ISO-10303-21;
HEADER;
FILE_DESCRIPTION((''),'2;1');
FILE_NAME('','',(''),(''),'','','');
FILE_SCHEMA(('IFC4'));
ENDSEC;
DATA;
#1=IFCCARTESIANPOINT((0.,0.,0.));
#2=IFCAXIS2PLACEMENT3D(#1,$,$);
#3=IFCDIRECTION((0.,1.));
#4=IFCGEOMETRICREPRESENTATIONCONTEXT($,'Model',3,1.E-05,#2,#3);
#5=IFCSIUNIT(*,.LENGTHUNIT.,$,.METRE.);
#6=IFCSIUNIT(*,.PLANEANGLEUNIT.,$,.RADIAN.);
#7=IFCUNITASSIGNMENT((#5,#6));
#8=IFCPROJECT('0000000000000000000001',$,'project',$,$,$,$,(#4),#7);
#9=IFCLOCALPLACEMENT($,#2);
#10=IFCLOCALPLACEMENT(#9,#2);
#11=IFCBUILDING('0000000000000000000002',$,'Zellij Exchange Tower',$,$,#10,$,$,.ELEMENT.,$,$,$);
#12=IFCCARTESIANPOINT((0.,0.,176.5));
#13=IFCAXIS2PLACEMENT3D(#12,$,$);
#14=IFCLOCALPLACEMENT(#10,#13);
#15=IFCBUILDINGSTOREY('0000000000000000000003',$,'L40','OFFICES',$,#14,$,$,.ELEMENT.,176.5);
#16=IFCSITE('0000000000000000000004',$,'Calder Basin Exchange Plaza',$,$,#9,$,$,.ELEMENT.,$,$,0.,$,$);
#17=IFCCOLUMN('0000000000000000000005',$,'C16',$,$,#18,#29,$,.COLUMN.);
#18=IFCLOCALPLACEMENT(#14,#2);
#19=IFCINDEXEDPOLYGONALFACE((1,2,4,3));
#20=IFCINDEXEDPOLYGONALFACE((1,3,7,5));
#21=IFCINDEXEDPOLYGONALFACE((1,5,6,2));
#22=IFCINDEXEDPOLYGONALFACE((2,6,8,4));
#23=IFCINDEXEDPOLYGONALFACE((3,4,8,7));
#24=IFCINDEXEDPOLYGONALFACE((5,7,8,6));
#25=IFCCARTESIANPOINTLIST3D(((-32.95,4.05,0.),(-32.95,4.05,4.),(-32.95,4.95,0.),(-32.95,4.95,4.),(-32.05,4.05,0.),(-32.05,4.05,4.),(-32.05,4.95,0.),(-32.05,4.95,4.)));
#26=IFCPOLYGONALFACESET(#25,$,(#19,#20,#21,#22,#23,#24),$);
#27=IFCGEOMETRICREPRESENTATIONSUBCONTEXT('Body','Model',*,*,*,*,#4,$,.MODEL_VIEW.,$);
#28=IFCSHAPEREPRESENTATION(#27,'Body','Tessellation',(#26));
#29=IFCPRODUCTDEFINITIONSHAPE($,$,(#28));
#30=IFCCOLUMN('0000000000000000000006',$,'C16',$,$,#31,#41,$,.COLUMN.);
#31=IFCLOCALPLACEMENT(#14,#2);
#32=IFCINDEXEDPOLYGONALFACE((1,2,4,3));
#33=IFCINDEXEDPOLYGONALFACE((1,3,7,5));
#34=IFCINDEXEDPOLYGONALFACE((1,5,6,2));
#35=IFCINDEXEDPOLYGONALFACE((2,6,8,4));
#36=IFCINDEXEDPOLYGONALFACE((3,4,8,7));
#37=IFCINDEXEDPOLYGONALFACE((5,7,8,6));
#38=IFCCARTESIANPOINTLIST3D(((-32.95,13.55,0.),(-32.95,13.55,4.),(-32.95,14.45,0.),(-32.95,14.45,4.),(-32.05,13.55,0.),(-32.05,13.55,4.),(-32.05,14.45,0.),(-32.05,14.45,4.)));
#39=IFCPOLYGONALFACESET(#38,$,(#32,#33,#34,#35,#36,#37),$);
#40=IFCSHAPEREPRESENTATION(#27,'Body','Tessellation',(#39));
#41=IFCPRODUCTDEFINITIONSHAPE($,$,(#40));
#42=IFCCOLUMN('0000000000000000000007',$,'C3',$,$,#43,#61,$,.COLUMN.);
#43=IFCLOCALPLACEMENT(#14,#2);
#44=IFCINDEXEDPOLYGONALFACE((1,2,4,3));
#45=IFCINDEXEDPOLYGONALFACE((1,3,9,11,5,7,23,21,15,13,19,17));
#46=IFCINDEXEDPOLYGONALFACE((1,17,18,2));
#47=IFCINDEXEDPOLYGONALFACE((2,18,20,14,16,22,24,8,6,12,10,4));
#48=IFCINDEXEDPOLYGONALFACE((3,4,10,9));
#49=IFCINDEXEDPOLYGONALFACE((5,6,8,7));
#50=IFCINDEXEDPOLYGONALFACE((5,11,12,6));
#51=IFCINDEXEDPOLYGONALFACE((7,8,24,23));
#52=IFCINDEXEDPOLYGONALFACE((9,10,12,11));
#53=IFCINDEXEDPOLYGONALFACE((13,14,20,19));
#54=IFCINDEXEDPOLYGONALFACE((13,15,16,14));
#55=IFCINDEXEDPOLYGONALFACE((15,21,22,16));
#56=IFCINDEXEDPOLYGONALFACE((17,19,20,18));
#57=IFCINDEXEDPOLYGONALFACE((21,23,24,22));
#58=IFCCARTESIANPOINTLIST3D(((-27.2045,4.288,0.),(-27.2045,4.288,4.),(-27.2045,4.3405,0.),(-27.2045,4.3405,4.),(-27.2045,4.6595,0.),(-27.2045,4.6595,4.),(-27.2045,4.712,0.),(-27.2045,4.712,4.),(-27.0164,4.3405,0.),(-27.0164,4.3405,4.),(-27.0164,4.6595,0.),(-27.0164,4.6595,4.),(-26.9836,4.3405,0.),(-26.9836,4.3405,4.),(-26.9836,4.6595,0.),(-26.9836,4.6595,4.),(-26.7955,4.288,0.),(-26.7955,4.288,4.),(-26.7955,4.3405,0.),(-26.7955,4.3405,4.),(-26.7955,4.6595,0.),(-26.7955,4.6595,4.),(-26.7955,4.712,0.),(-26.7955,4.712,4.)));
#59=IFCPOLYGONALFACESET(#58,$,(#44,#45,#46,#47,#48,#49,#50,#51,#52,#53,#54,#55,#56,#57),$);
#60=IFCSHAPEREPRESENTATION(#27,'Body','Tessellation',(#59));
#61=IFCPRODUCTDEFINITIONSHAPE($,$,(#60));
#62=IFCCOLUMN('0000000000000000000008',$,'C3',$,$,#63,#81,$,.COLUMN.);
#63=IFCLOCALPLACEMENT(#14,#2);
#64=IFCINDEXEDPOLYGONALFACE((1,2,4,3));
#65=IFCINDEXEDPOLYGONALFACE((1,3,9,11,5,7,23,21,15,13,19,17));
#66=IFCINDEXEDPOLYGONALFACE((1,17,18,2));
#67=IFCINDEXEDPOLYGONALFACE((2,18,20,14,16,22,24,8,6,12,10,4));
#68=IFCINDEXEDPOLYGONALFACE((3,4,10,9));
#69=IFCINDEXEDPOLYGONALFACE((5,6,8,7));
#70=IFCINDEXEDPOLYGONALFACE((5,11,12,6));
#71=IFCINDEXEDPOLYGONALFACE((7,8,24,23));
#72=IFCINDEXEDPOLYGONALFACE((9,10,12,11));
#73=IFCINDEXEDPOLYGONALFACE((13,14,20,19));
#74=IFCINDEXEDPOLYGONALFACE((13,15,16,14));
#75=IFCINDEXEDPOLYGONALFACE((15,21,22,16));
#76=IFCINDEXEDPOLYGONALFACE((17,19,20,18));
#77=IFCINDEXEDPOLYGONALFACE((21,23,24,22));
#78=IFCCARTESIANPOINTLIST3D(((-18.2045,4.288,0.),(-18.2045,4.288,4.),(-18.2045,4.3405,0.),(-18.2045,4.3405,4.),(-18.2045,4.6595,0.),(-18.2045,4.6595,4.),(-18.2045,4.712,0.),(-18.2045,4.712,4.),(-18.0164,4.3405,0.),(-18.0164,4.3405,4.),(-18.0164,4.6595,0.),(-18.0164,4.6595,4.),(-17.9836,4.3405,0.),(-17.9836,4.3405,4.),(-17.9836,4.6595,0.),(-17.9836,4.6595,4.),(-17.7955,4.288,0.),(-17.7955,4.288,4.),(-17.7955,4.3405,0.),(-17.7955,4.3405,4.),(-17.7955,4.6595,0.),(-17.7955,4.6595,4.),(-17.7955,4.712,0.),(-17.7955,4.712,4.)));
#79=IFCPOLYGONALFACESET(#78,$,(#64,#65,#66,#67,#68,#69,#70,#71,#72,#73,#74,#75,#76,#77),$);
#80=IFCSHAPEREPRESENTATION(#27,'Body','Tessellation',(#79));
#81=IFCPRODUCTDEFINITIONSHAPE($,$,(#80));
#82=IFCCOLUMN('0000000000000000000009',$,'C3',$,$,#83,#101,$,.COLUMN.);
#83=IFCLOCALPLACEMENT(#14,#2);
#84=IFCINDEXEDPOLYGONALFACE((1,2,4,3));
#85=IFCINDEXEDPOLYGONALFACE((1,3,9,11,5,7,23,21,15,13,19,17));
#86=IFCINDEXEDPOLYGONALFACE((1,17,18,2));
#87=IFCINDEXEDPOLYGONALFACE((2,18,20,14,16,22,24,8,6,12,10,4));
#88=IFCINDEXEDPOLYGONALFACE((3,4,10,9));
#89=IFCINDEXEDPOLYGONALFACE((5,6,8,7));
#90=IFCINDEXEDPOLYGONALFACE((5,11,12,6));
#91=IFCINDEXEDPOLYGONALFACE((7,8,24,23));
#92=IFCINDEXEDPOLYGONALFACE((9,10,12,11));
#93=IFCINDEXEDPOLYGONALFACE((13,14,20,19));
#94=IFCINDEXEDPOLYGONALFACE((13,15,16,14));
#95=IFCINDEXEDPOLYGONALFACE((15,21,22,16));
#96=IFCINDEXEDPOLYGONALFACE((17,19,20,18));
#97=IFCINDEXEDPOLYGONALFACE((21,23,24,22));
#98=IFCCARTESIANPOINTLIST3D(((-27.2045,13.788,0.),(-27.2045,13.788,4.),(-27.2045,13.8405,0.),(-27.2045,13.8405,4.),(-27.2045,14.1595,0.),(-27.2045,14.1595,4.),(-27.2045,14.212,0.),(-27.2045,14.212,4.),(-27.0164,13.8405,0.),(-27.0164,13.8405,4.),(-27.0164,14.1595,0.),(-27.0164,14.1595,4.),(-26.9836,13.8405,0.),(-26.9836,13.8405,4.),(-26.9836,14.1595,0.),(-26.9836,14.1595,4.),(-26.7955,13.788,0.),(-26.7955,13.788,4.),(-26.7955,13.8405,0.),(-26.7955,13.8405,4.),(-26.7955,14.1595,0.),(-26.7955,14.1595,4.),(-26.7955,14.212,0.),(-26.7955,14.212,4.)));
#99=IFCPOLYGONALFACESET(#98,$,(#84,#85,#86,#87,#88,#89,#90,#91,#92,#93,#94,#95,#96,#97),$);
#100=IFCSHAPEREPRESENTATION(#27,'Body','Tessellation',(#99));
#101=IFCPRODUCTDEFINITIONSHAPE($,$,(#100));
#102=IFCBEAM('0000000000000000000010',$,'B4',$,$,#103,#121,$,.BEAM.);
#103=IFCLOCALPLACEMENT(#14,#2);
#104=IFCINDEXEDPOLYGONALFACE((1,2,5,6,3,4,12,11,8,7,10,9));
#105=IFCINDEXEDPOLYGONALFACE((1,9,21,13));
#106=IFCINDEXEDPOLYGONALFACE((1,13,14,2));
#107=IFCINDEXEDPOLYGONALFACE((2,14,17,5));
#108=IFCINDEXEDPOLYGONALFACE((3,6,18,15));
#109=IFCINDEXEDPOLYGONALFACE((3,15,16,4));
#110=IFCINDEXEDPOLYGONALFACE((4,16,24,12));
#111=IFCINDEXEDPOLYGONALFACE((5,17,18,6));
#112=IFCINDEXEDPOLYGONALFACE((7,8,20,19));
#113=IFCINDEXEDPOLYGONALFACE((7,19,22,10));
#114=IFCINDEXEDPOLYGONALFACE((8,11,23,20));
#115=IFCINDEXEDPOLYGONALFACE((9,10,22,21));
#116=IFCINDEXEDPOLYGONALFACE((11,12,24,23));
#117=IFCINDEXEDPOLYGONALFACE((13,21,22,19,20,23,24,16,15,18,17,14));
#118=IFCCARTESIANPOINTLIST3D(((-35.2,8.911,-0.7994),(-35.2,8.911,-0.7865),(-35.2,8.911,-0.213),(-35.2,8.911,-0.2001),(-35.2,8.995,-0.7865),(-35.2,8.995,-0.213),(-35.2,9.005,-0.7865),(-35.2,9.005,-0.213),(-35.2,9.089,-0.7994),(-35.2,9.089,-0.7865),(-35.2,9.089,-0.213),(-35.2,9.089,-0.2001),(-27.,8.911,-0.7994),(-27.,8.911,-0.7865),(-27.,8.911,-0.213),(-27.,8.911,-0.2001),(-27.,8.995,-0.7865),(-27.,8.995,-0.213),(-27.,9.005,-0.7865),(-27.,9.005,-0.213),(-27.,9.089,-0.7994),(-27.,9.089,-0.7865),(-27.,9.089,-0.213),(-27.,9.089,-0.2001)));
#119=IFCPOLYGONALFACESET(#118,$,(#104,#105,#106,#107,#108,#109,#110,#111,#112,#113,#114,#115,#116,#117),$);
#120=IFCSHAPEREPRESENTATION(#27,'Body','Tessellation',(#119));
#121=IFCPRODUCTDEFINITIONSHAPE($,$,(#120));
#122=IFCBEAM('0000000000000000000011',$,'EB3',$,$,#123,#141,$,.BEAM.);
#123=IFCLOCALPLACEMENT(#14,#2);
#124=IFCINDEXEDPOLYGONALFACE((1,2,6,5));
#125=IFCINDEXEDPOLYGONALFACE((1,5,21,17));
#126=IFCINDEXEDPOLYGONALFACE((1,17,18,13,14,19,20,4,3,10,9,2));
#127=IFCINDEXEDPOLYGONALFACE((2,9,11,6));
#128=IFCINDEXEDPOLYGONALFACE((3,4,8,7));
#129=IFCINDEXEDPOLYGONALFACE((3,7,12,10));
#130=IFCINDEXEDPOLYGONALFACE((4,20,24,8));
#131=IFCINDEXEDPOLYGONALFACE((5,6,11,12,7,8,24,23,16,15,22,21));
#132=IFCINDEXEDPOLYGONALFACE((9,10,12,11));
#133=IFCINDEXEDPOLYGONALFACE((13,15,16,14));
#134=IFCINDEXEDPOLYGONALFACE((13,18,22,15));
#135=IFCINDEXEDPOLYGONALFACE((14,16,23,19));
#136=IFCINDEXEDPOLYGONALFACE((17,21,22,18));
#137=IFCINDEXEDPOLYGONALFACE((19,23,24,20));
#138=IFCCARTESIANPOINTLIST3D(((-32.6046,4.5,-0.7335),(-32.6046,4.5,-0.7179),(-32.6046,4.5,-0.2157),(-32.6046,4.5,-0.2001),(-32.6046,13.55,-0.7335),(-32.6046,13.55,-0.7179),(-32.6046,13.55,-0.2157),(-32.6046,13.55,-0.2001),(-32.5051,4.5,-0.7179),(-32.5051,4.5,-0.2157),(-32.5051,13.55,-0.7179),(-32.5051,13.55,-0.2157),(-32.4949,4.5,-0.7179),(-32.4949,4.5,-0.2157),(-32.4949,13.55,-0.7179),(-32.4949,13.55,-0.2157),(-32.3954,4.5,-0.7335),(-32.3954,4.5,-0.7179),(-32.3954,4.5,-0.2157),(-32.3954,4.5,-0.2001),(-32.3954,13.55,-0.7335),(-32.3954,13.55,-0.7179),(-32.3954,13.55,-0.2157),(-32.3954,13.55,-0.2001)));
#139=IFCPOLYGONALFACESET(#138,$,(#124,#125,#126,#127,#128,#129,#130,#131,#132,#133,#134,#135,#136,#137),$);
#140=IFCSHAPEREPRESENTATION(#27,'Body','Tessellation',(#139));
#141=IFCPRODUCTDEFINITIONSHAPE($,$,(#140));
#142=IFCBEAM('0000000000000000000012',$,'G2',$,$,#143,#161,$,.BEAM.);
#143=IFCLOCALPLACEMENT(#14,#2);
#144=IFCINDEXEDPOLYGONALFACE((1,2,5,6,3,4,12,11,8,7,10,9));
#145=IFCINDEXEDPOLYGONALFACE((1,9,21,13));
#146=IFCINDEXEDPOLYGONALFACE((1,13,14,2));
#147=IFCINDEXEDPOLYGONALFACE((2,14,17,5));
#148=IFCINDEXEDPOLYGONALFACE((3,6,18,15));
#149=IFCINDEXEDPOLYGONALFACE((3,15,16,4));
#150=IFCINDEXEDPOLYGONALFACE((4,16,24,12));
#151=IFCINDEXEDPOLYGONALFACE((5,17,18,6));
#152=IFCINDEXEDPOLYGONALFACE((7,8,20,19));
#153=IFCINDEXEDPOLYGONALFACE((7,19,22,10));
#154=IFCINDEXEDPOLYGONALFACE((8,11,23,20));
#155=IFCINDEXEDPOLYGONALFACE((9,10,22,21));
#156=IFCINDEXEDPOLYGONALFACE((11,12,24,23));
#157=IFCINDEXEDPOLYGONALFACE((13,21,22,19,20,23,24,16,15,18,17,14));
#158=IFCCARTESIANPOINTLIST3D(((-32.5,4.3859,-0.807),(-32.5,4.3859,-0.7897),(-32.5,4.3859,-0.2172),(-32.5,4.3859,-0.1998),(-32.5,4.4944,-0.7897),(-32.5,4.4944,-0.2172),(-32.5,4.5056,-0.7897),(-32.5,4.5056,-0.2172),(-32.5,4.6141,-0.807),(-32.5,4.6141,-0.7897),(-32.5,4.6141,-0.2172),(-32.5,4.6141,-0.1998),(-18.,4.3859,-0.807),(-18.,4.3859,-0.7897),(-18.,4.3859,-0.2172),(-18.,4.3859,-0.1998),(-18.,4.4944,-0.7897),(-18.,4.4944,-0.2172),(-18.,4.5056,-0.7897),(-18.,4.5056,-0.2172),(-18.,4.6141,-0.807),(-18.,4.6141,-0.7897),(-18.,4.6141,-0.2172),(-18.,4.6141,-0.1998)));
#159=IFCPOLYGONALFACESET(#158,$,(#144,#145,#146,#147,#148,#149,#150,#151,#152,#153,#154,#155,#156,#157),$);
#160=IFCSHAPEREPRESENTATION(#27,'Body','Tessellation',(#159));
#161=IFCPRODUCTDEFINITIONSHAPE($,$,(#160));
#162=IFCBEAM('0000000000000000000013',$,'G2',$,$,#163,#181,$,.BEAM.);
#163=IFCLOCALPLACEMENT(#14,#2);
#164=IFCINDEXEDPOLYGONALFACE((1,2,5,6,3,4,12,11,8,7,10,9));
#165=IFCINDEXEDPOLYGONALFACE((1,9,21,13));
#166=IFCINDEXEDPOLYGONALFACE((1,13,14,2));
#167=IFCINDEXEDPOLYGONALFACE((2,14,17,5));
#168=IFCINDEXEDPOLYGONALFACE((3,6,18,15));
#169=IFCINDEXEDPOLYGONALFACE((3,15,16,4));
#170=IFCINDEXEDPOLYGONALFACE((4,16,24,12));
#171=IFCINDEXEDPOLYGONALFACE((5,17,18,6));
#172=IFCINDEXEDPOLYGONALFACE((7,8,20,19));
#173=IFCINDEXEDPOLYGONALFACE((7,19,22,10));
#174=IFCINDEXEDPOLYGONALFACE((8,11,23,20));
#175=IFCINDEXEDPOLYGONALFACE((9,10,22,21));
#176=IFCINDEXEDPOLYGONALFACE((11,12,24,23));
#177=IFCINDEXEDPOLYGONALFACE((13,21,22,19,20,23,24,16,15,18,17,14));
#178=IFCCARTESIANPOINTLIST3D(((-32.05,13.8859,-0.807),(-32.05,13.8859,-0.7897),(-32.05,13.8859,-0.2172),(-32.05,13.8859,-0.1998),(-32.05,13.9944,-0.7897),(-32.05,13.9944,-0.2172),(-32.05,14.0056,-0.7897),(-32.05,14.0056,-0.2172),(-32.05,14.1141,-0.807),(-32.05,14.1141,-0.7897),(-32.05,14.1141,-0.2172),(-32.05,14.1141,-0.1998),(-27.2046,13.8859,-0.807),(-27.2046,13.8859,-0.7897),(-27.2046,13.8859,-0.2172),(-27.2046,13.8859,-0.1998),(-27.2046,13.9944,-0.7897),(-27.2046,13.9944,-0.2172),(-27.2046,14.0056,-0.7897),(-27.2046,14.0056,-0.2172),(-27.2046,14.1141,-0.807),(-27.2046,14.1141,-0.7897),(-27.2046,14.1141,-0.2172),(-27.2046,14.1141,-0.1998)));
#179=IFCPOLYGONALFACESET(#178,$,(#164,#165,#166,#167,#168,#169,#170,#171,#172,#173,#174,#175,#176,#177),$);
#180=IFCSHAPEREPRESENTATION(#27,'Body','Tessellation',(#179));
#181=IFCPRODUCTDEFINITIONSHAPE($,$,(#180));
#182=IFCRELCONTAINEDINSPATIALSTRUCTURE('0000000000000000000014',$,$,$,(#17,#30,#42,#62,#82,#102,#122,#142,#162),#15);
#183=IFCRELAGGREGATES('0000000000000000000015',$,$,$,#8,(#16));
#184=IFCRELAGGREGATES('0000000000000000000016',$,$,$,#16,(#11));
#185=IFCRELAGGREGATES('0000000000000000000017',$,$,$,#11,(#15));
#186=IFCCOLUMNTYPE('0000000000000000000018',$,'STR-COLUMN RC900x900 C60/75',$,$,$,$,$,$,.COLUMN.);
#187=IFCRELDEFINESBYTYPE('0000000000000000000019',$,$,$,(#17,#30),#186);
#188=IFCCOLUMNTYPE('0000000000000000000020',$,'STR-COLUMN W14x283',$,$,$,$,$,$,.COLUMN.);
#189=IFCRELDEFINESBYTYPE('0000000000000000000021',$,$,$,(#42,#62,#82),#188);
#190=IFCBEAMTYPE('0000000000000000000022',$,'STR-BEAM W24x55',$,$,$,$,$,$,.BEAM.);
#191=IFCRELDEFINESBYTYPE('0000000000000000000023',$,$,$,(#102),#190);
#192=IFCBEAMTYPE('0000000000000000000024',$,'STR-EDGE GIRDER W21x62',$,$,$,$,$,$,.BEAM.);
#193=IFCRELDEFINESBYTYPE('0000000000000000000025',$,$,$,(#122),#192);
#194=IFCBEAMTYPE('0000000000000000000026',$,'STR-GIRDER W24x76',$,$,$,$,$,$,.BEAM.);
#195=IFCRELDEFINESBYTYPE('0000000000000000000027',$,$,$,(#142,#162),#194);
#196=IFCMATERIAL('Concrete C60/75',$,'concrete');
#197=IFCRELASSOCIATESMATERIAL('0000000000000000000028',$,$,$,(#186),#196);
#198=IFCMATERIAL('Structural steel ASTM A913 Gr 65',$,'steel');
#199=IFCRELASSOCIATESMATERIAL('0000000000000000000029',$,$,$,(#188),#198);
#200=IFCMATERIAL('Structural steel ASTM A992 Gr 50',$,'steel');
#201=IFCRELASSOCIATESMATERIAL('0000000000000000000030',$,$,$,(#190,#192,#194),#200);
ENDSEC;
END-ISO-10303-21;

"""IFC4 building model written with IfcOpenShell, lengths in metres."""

from ifc_helpers import new_model, si_unit, direction, frame, origin, origin_2d, place, context, subcontext, project, spatial, rectangle, i_section, extrude, material, material_profile, profile_set, type_object, element, save


model = new_model("IFC4")

# Units and contexts
model_context = context("Model", 3, precision=1e-05, world=origin(), true_north=direction((0.0, 1.0)))
body_context = subcontext(model_context, "Body", "Model", "MODEL_VIEW")
ifc_project = project(units=[si_unit("LENGTHUNIT", "METRE"), si_unit("PLANEANGLEUNIT", "RADIAN")], contexts=[model_context])

# Site, building, storey
site_placement = place(None, origin())
site = spatial("IfcSite", under=ifc_project, at=site_placement, Name="Calder Basin Exchange Plaza", CompositionType="ELEMENT", RefElevation=0.0)
building_placement = place(site_placement, origin())
building = spatial("IfcBuilding", under=site, at=building_placement, Name="Zellij Exchange Tower", CompositionType="ELEMENT")
storey_placement = place(building_placement, frame((0.0, 0.0, 176.5)))
storey = spatial("IfcBuildingStorey", under=building, at=storey_placement, Name="L40", Description="OFFICES", CompositionType="ELEMENT", Elevation=176.5)

# Columns
ifc_material_1 = material(Name="Concrete C60/75", Category="concrete")
ifc_material_profile_1 = material_profile(ifc_material_1, rectangle(XDim=0.8999, YDim=0.8999, at=origin_2d()), Name="STR-COLUMN RC900x900 C60/75")
ifc_profile_set_1 = profile_set([ifc_material_profile_1], Name="Concrete C60/75")
column_type_1 = type_object("IfcColumnType", Name="STR-COLUMN RC900x900 C60/75", PredefinedType="COLUMN", material=ifc_profile_set_1)
for number, where, z_axis, x_axis, name in (
    (1, (-32.5, 4.5, 0.0), (0.0, 0.0, 1.0), (1.0, 0.0, 0.0), "C16"),
    (2, (-32.5, 14.0, 0.0), (0.0, 0.0, 1.0), (1.0, 0.0, 0.0), "C16"),
):
    element("IfcColumn", number, at=place(storey_placement, frame(where, z_axis=z_axis, x_axis=x_axis)), inside=storey, type_object=column_type_1, Name=name, PredefinedType="COLUMN", context=body_context, shape_type="SweptSolid", body=[
        extrude(rectangle(XDim=0.8999, YDim=0.8999, at=origin_2d()), origin(), (0.0, 0.0, 1.0), 4.0),
    ])
ifc_material_2 = material(Name="Structural steel ASTM A913 Gr 65", Category="steel")
ifc_material_profile_2 = material_profile(ifc_material_2, i_section(OverallWidth=0.4089, OverallDepth=0.4241, WebThickness=0.0327, FlangeThickness=0.0525, at=origin_2d()), Name="W14x283")
ifc_profile_set_2 = profile_set([ifc_material_profile_2], Name="Structural steel ASTM A913 Gr 65")
column_type_2 = type_object("IfcColumnType", Name="STR-COLUMN W14x283", PredefinedType="COLUMN", material=ifc_profile_set_2)
for number, where, z_axis, x_axis, name in (
    (3, (-27.0, 4.5, 0.0), (0.0, 0.0, 1.0), (1.0, 0.0, 0.0), "C3"),
    (4, (-18.0, 4.5, 0.0), (0.0, 0.0, 1.0), (1.0, 0.0, 0.0), "C3"),
    (5, (-27.0, 14.0, 0.0), (0.0, 0.0, 1.0), (1.0, 0.0, 0.0), "C3"),
):
    element("IfcColumn", number, at=place(storey_placement, frame(where, z_axis=z_axis, x_axis=x_axis)), inside=storey, type_object=column_type_2, Name=name, PredefinedType="COLUMN", context=body_context, shape_type="SweptSolid", body=[
        extrude(i_section(OverallWidth=0.4089, OverallDepth=0.4241, WebThickness=0.0327, FlangeThickness=0.0525, at=origin_2d()), origin(), (0.0, 0.0, 1.0), 4.0),
    ])

# Beams
ifc_material_3 = material(Name="Structural steel ASTM A992 Gr 50", Category="steel")
ifc_material_profile_3 = material_profile(ifc_material_3, i_section(OverallWidth=0.178, OverallDepth=0.5994, WebThickness=0.01, FlangeThickness=0.0129, at=origin_2d()), Name="W24x55")
ifc_profile_set_3 = profile_set([ifc_material_profile_3], Name="Structural steel ASTM A992 Gr 50")
beam_type_1 = type_object("IfcBeamType", Name="STR-BEAM W24x55", PredefinedType="BEAM", material=ifc_profile_set_3)
beam_1_placement = place(storey_placement, frame((-35.2, 9.0, -0.4998), z_axis=(1.0, 0.0, 0.0), x_axis=(0.0, 1.0, 0.0)))
element("IfcBeam", 6, at=beam_1_placement, inside=storey, type_object=beam_type_1, Name="B4", PredefinedType="BEAM", context=body_context, shape_type="SweptSolid", body=[
    extrude(i_section(OverallWidth=0.178, OverallDepth=0.5994, WebThickness=0.01, FlangeThickness=0.0129, at=origin_2d()), origin(), (0.0, 0.0, 1.0), 8.2),
])
ifc_material_profile_4 = material_profile(ifc_material_3, i_section(OverallWidth=0.2092, OverallDepth=0.5334, WebThickness=0.0103, FlangeThickness=0.0156, at=origin_2d()), Name="W21x62")
ifc_profile_set_4 = profile_set([ifc_material_profile_4], Name="Structural steel ASTM A992 Gr 50")
beam_type_2 = type_object("IfcBeamType", Name="STR-EDGE GIRDER W21x62", PredefinedType="BEAM", material=ifc_profile_set_4)
beam_2_placement = place(storey_placement, frame((-32.5, 4.5, -0.4668), z_axis=(0.0, 1.0, 0.0), x_axis=(-1.0, 0.0, 0.0)))
element("IfcBeam", 7, at=beam_2_placement, inside=storey, type_object=beam_type_2, Name="EB3", PredefinedType="BEAM", context=body_context, shape_type="SweptSolid", body=[
    extrude(i_section(OverallWidth=0.2092, OverallDepth=0.5334, WebThickness=0.0103, FlangeThickness=0.0156, at=origin_2d()), origin(), (0.0, 0.0, 1.0), 9.05),
])
ifc_material_profile_5 = material_profile(ifc_material_3, i_section(OverallWidth=0.2283, OverallDepth=0.6072, WebThickness=0.0112, FlangeThickness=0.0173, at=origin_2d()), Name="W24x76")
ifc_profile_set_5 = profile_set([ifc_material_profile_5], Name="Structural steel ASTM A992 Gr 50")
beam_type_3 = type_object("IfcBeamType", Name="STR-GIRDER W24x76", PredefinedType="BEAM", material=ifc_profile_set_5)
beam_3_placement = place(storey_placement, frame((-32.5, 4.5, -0.5034), z_axis=(1.0, 0.0, 0.0), x_axis=(0.0, 1.0, 0.0)))
element("IfcBeam", 8, at=beam_3_placement, inside=storey, type_object=beam_type_3, Name="G2", PredefinedType="BEAM", context=body_context, shape_type="SweptSolid", body=[
    extrude(i_section(OverallWidth=0.2283, OverallDepth=0.6072, WebThickness=0.0112, FlangeThickness=0.0173, at=origin_2d()), origin(), (0.0, 0.0, 1.0), 14.5),
])
beam_4_placement = place(storey_placement, frame((-32.05, 14.0, -0.5034), z_axis=(1.0, 0.0, 0.0), x_axis=(0.0, 1.0, 0.0)))
element("IfcBeam", 9, at=beam_4_placement, inside=storey, type_object=beam_type_3, Name="G2", PredefinedType="BEAM", context=body_context, shape_type="SweptSolid", body=[
    extrude(i_section(OverallWidth=0.2283, OverallDepth=0.6072, WebThickness=0.0112, FlangeThickness=0.0173, at=origin_2d()), origin(), (0.0, 0.0, 1.0), 4.8455),
])

save(model, "model.ifc")
